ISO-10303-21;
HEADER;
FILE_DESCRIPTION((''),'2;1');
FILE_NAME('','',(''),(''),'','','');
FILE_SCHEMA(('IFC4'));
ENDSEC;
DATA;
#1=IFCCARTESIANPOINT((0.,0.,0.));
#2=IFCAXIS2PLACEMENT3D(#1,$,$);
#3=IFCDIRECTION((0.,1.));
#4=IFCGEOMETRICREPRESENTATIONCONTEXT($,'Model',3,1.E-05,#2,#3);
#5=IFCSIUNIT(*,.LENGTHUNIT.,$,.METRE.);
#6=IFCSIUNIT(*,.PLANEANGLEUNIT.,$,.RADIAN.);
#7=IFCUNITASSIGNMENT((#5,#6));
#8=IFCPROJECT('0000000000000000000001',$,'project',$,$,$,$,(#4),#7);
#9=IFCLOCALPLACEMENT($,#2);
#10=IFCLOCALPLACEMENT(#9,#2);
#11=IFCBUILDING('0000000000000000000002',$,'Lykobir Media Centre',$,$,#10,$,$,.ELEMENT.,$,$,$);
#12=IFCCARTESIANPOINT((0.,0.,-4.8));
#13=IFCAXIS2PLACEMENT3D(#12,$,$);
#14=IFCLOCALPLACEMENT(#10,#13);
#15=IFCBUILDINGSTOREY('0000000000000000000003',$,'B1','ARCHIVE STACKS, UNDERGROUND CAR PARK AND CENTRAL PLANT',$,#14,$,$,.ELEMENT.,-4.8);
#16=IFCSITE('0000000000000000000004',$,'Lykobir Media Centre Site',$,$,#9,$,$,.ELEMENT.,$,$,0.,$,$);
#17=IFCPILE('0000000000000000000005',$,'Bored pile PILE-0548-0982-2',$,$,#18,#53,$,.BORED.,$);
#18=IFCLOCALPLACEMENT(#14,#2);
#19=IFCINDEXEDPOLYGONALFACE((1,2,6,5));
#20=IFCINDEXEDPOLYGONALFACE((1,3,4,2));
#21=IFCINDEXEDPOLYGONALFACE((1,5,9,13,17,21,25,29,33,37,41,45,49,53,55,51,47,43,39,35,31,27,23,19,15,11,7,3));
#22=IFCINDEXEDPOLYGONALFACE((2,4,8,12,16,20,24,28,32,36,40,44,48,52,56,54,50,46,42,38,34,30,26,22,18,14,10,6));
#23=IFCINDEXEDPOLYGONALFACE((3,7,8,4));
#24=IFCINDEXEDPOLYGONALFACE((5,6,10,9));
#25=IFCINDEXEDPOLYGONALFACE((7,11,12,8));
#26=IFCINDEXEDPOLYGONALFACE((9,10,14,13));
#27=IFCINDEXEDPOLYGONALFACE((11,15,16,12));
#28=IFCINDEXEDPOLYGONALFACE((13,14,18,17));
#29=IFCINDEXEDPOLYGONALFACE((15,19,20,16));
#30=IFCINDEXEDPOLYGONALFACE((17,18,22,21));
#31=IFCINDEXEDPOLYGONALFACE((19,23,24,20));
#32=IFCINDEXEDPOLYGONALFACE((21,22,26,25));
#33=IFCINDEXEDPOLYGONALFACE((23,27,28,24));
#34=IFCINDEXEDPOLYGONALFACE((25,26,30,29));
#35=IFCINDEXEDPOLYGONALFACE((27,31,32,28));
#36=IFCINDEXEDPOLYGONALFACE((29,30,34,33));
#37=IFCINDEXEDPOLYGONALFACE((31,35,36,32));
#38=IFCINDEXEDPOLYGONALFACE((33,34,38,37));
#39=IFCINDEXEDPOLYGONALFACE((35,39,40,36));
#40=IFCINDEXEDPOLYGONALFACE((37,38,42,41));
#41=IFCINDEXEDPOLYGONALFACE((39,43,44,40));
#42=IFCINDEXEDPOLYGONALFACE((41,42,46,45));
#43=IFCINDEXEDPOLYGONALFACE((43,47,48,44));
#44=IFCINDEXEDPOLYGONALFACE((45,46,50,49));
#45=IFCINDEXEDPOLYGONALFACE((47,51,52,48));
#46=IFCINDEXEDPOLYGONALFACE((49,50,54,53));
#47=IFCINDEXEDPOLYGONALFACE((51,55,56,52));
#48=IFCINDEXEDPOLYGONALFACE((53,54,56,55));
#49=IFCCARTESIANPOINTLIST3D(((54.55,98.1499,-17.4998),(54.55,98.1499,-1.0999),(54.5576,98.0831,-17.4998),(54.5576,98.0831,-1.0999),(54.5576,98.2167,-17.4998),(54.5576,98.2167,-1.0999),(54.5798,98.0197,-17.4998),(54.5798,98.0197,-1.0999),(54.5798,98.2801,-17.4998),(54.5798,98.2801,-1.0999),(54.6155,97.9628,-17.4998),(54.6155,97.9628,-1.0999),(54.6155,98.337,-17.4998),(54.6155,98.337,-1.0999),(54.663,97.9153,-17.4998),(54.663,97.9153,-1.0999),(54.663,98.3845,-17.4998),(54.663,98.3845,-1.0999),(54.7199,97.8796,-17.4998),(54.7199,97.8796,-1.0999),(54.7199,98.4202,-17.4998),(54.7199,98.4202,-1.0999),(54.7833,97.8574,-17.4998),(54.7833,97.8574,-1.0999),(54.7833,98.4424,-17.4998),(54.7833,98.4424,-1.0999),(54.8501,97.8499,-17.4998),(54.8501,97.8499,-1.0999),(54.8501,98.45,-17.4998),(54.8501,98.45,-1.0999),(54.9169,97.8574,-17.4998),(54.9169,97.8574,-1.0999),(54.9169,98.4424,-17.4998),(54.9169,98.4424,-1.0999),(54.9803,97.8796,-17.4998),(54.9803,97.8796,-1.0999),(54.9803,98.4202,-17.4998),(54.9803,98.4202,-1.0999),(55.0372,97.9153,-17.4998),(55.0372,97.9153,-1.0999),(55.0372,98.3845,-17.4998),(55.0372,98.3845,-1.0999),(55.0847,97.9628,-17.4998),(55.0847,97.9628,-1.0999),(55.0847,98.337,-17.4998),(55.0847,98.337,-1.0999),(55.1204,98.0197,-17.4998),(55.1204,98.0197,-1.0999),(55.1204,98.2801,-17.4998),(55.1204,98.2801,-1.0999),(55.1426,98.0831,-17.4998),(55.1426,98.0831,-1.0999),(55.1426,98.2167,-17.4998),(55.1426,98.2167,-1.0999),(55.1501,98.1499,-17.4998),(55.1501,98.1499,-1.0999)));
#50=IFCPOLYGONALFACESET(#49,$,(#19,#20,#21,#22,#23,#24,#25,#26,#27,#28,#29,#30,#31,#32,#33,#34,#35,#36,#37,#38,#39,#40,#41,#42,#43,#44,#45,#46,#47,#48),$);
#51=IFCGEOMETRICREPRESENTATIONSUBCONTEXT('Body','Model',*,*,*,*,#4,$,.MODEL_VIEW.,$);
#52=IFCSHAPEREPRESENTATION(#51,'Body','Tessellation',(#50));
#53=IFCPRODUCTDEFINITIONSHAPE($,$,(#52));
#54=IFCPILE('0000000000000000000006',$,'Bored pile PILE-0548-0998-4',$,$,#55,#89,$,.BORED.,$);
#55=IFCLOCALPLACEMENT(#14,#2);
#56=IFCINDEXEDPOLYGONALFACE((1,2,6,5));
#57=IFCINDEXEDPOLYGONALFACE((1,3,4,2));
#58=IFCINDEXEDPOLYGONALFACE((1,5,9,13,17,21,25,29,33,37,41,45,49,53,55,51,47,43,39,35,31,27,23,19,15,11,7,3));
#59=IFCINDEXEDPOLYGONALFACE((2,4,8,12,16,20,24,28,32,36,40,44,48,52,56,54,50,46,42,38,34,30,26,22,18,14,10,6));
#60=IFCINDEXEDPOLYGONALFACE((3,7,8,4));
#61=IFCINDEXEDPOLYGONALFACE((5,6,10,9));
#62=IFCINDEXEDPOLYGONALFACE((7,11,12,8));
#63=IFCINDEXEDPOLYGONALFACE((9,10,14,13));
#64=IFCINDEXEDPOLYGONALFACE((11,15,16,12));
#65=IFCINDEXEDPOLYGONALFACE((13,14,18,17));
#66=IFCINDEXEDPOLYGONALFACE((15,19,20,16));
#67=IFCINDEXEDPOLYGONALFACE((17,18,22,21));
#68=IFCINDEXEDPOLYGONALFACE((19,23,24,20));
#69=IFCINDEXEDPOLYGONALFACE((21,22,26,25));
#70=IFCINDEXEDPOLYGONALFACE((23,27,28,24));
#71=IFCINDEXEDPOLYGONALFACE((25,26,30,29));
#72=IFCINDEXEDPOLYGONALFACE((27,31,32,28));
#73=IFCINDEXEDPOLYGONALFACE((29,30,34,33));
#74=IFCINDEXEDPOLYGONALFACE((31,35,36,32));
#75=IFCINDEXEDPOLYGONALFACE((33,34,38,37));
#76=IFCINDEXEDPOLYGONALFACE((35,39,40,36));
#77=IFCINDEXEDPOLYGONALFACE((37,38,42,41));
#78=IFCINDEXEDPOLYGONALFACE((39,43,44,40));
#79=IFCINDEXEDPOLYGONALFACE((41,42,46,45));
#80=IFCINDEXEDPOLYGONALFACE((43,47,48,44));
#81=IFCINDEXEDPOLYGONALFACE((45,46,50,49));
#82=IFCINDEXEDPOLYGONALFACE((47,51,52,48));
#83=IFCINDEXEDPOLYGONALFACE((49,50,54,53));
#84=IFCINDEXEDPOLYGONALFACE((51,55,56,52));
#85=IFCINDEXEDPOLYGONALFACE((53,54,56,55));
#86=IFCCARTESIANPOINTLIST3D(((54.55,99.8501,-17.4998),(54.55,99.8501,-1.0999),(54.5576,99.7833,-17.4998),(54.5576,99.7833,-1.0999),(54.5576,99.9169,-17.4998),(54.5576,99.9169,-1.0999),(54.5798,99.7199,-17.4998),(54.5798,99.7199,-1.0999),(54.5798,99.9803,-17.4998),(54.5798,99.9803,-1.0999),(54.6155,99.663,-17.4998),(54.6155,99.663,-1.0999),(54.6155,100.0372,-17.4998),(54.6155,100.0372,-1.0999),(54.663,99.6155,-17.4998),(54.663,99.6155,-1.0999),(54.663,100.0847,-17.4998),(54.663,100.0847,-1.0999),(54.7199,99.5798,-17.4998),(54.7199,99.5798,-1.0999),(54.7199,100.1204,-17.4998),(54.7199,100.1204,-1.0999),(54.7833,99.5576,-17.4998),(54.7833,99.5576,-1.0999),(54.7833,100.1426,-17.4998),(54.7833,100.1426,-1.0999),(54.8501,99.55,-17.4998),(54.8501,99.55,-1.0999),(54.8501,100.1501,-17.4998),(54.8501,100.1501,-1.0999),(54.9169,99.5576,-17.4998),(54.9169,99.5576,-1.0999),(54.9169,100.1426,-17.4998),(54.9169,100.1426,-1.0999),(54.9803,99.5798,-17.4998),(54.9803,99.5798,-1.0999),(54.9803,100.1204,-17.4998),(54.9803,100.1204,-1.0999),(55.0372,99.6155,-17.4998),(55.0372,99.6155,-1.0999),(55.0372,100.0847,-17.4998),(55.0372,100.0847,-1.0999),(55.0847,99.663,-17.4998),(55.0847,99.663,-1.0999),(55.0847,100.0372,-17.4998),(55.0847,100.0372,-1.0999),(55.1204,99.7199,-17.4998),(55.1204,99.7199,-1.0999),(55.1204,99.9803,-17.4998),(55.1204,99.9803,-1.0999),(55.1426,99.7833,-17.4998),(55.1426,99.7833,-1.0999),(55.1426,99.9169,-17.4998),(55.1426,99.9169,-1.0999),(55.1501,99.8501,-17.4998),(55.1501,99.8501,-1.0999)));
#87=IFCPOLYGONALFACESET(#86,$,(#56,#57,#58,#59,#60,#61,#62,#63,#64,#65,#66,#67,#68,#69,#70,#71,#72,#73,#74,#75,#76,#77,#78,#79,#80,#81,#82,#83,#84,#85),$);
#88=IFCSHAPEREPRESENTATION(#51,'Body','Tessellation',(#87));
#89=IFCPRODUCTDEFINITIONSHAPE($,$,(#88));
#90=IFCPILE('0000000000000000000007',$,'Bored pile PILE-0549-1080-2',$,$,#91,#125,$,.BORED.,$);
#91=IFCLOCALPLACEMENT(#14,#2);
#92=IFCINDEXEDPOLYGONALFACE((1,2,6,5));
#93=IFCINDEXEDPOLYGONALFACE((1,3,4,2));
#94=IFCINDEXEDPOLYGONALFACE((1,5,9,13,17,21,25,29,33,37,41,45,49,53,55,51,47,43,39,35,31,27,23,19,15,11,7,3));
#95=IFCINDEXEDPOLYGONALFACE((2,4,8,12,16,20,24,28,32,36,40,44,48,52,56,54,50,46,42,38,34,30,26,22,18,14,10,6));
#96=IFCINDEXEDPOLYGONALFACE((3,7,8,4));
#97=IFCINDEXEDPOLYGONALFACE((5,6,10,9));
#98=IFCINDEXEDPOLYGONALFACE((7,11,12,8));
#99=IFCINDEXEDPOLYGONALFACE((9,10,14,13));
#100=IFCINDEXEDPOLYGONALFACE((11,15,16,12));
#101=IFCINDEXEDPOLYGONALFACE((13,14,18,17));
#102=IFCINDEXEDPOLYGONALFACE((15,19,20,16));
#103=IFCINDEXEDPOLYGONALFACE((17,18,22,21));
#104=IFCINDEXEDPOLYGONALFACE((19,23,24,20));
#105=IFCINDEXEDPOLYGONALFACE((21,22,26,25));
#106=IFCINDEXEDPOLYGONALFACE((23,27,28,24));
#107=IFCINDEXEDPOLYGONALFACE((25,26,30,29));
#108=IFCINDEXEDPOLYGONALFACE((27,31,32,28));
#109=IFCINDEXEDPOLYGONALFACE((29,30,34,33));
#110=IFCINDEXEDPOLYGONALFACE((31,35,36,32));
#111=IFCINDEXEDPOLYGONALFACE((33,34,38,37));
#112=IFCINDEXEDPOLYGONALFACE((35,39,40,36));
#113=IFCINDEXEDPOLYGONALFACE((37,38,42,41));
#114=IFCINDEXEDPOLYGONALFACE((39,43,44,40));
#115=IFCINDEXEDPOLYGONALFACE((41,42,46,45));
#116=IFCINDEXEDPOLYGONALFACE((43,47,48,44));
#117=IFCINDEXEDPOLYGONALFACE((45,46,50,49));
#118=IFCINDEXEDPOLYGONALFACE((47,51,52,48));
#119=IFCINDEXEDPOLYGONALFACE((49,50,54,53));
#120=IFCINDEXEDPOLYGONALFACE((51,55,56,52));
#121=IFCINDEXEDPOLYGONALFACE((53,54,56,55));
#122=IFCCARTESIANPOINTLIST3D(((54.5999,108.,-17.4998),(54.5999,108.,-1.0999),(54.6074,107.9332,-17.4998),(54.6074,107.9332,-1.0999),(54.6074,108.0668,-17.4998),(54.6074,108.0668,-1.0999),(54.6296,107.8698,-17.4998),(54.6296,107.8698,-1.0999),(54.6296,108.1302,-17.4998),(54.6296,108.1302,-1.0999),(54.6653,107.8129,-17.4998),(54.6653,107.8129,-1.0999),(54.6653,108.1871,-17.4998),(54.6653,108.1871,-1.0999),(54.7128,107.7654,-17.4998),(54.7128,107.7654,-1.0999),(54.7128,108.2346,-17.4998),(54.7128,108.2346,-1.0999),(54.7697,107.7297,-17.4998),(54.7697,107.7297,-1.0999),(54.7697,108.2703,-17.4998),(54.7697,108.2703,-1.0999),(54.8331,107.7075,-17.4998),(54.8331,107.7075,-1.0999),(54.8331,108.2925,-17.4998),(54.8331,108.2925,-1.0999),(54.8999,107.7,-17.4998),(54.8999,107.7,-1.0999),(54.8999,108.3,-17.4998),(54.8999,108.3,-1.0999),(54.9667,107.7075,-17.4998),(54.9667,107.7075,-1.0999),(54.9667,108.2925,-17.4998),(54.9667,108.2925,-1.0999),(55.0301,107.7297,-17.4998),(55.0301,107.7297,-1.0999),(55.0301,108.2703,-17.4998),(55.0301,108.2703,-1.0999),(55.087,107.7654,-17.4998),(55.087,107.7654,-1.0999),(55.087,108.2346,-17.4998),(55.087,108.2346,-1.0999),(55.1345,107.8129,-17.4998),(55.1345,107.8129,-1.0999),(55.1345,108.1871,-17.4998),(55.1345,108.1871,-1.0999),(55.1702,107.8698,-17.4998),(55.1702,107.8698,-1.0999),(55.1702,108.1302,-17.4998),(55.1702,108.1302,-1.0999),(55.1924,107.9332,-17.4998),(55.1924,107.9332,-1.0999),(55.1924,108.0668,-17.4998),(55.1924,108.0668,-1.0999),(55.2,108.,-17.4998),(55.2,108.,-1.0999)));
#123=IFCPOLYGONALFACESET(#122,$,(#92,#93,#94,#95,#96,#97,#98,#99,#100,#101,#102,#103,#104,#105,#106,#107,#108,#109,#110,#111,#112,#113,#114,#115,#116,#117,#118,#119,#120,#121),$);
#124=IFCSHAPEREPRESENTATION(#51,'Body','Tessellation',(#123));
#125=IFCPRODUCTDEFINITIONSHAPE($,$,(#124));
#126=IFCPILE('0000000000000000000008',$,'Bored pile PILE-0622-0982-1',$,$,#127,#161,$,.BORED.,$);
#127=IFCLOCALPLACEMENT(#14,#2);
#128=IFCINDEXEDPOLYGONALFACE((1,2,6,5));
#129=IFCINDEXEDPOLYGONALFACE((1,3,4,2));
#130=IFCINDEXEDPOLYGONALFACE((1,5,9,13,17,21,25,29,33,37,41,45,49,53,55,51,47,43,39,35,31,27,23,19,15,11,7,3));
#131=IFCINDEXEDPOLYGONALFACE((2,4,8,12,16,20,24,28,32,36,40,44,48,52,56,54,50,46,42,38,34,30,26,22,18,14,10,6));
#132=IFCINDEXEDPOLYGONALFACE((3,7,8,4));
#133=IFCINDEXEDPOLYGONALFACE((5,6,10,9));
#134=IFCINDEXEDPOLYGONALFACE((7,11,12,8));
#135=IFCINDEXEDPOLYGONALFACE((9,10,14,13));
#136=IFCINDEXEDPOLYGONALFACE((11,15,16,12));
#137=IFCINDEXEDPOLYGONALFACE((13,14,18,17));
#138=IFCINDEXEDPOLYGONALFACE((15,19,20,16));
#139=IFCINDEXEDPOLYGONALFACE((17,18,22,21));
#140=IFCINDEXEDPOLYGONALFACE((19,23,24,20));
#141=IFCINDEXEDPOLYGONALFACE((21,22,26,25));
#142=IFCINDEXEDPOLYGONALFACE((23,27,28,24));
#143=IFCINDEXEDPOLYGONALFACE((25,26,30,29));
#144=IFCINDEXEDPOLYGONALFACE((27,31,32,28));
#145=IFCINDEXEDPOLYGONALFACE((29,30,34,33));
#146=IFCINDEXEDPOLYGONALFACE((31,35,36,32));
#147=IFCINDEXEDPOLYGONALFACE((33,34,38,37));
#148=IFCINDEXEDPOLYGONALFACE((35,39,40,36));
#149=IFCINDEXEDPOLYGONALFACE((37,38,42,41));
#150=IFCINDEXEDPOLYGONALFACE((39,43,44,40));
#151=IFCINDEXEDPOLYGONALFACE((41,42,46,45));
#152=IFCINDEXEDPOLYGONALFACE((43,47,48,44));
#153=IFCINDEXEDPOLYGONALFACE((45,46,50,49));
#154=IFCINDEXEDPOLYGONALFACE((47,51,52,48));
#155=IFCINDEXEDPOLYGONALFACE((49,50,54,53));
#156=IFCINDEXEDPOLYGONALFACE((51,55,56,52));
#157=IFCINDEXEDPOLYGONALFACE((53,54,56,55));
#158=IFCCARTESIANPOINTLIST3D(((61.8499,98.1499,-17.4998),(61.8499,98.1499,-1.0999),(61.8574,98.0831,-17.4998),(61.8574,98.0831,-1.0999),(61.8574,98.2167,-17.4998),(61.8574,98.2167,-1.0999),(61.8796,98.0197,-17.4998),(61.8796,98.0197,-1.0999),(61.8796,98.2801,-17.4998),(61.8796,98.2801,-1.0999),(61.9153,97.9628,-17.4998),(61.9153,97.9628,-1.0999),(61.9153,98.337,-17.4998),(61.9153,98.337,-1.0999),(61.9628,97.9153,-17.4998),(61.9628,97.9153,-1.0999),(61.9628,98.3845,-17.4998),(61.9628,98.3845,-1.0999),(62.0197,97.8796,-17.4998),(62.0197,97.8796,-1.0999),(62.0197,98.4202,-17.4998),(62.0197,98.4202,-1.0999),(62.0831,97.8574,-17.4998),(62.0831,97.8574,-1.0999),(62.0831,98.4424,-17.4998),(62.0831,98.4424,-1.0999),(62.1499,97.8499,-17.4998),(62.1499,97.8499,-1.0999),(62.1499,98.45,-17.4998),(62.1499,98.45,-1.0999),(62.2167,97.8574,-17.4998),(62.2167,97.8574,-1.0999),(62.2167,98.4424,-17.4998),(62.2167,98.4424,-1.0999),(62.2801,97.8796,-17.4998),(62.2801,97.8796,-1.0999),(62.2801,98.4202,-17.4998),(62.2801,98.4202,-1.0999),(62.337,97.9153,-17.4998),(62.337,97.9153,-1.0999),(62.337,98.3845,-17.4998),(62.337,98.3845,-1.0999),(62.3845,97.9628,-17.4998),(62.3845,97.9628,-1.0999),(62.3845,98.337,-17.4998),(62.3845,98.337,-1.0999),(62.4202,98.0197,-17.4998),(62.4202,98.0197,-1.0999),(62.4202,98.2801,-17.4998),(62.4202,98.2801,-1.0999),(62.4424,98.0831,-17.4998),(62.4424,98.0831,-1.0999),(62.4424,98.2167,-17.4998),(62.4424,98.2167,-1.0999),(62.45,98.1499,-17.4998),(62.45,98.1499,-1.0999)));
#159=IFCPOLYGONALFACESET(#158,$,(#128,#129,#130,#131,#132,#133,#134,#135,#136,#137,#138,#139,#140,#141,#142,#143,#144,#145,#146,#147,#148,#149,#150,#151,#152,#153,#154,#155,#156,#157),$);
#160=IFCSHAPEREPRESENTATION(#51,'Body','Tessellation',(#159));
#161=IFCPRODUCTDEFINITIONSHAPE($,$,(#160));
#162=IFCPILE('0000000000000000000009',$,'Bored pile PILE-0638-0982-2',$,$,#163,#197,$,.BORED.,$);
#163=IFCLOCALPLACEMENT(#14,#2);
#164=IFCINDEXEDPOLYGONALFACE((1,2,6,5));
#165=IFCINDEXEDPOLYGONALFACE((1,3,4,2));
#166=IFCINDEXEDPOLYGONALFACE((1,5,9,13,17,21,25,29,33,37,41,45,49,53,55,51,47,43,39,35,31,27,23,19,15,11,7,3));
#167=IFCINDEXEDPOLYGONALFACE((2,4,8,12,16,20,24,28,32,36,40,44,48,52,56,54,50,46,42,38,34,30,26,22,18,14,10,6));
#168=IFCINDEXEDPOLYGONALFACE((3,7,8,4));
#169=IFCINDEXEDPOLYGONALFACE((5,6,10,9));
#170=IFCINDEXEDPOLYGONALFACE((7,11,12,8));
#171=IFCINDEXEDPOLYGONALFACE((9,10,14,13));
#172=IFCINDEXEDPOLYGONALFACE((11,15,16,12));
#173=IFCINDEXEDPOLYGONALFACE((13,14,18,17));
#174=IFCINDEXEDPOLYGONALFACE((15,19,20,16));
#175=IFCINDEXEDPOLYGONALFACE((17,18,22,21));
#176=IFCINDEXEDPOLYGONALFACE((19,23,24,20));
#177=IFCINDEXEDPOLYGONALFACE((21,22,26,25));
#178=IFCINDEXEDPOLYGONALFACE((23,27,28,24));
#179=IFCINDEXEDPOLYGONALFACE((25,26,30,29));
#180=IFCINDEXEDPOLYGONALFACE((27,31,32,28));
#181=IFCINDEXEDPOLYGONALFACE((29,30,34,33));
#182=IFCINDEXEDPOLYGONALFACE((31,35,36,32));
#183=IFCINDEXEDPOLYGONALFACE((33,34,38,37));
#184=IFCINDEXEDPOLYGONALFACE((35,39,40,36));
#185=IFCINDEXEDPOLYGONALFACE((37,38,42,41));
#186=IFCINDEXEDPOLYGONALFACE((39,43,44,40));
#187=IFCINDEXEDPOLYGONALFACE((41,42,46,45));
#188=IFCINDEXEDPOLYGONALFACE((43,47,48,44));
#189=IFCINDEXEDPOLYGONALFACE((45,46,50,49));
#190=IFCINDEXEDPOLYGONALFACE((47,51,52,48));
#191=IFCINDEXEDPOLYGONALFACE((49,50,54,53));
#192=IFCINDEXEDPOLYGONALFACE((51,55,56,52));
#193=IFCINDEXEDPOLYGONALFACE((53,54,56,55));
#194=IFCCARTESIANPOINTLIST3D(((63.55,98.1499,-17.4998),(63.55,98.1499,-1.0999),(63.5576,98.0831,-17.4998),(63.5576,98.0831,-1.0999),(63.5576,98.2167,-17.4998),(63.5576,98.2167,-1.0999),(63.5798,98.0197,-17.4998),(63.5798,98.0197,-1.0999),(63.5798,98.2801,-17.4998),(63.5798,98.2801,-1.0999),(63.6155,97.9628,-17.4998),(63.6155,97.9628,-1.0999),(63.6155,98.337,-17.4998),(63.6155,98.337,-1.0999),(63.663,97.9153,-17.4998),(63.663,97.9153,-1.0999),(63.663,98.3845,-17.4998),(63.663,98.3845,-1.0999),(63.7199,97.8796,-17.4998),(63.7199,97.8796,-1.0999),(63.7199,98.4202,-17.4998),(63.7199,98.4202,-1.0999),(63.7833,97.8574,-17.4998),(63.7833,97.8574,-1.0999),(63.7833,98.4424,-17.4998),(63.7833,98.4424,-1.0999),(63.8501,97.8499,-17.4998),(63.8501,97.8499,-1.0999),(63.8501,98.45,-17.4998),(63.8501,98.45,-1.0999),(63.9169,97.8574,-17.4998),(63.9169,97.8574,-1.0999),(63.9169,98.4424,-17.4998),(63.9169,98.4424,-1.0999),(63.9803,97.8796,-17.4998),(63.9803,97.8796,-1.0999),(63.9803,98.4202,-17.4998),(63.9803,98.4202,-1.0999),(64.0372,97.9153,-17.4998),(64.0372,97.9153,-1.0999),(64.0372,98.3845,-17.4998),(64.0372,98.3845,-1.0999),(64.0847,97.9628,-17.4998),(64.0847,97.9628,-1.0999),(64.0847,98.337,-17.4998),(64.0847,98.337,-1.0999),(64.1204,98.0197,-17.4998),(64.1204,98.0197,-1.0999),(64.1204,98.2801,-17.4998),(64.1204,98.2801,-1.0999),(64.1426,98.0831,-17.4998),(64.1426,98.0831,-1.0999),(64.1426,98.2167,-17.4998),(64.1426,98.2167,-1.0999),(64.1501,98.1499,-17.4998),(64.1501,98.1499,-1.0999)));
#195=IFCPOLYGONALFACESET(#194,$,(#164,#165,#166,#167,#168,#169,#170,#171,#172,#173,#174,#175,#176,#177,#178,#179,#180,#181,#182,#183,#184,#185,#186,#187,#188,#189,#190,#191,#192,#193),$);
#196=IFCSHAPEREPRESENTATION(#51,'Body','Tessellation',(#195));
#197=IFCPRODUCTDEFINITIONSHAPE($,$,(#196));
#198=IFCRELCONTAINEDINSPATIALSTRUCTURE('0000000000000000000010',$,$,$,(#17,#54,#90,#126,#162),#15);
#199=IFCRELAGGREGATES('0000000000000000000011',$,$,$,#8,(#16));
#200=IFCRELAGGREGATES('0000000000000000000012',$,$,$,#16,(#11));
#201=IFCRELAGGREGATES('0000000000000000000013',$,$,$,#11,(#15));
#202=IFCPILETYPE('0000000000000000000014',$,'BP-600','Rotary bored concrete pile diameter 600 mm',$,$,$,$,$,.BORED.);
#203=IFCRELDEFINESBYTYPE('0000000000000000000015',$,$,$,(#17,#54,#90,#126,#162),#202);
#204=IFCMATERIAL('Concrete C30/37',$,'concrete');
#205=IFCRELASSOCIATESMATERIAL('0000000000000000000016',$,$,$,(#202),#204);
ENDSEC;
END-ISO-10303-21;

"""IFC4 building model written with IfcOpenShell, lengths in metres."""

from ifc_helpers import new_model, si_unit, direction, frame, origin, origin_2d, place, context, subcontext, project, spatial, circle, extrude, material, material_profile, profile_set, type_object, element, save


model = new_model("IFC4")

# Units and contexts
model_context = context("Model", 3, precision=1e-05, world=origin(), true_north=direction((0.0, 1.0)))
body_context = subcontext(model_context, "Body", "Model", "MODEL_VIEW")
ifc_project = project(units=[si_unit("LENGTHUNIT", "METRE"), si_unit("PLANEANGLEUNIT", "RADIAN")], contexts=[model_context])

# Site, building, storey
site_placement = place(None, origin())
site = spatial("IfcSite", under=ifc_project, at=site_placement, Name="Lykobir Media Centre Site", CompositionType="ELEMENT", RefElevation=0.0)
building_placement = place(site_placement, origin())
building = spatial("IfcBuilding", under=site, at=building_placement, Name="Lykobir Media Centre", CompositionType="ELEMENT")
storey_placement = place(building_placement, frame((0.0, 0.0, -4.8)))
storey = spatial("IfcBuildingStorey", under=building, at=storey_placement, Name="B1", Description="ARCHIVE STACKS, UNDERGROUND CAR PARK AND CENTRAL PLANT", CompositionType="ELEMENT", Elevation=-4.8)

# Piles
ifc_material_1 = material(Name="Concrete C30/37", Category="concrete")
ifc_material_profile_1 = material_profile(ifc_material_1, circle(Radius=0.3, at=origin_2d()), Name="BORED PILE D600")
ifc_profile_set_1 = profile_set([ifc_material_profile_1], Name="Concrete C30/37")
pile_type = type_object("IfcPileType", Name="BP-600", Description="Rotary bored concrete pile diameter 600 mm", PredefinedType="BORED", material=ifc_profile_set_1)
for number, where, z_axis, x_axis, name in (
    (1, (54.8501, 98.1499, -1.0999), (0.0, 0.0, -1.0), (1.0, 0.0, 0.0), "Bored pile PILE-0548-0982-2"),
    (2, (54.8501, 99.8501, -1.0999), (0.0, 0.0, -1.0), (1.0, 0.0, 0.0), "Bored pile PILE-0548-0998-4"),
    (3, (54.8999, 108.0, -1.0999), (0.0, 0.0, -1.0), (1.0, 0.0, 0.0), "Bored pile PILE-0549-1080-2"),
    (4, (62.1499, 98.1499, -1.0999), (0.0, 0.0, -1.0), (1.0, 0.0, 0.0), "Bored pile PILE-0622-0982-1"),
    (5, (63.8501, 98.1499, -1.0999), (0.0, 0.0, -1.0), (1.0, 0.0, 0.0), "Bored pile PILE-0638-0982-2"),
):
    element("IfcPile", number, at=place(storey_placement, frame(where, z_axis=z_axis, x_axis=x_axis)), inside=storey, type_object=pile_type, Name=name, PredefinedType="BORED", context=body_context, shape_type="SweptSolid", body=[
        extrude(circle(Radius=0.3, at=origin_2d()), origin(), (0.0, 0.0, 1.0), 16.3999),
    ])

save(model, "model.ifc")
